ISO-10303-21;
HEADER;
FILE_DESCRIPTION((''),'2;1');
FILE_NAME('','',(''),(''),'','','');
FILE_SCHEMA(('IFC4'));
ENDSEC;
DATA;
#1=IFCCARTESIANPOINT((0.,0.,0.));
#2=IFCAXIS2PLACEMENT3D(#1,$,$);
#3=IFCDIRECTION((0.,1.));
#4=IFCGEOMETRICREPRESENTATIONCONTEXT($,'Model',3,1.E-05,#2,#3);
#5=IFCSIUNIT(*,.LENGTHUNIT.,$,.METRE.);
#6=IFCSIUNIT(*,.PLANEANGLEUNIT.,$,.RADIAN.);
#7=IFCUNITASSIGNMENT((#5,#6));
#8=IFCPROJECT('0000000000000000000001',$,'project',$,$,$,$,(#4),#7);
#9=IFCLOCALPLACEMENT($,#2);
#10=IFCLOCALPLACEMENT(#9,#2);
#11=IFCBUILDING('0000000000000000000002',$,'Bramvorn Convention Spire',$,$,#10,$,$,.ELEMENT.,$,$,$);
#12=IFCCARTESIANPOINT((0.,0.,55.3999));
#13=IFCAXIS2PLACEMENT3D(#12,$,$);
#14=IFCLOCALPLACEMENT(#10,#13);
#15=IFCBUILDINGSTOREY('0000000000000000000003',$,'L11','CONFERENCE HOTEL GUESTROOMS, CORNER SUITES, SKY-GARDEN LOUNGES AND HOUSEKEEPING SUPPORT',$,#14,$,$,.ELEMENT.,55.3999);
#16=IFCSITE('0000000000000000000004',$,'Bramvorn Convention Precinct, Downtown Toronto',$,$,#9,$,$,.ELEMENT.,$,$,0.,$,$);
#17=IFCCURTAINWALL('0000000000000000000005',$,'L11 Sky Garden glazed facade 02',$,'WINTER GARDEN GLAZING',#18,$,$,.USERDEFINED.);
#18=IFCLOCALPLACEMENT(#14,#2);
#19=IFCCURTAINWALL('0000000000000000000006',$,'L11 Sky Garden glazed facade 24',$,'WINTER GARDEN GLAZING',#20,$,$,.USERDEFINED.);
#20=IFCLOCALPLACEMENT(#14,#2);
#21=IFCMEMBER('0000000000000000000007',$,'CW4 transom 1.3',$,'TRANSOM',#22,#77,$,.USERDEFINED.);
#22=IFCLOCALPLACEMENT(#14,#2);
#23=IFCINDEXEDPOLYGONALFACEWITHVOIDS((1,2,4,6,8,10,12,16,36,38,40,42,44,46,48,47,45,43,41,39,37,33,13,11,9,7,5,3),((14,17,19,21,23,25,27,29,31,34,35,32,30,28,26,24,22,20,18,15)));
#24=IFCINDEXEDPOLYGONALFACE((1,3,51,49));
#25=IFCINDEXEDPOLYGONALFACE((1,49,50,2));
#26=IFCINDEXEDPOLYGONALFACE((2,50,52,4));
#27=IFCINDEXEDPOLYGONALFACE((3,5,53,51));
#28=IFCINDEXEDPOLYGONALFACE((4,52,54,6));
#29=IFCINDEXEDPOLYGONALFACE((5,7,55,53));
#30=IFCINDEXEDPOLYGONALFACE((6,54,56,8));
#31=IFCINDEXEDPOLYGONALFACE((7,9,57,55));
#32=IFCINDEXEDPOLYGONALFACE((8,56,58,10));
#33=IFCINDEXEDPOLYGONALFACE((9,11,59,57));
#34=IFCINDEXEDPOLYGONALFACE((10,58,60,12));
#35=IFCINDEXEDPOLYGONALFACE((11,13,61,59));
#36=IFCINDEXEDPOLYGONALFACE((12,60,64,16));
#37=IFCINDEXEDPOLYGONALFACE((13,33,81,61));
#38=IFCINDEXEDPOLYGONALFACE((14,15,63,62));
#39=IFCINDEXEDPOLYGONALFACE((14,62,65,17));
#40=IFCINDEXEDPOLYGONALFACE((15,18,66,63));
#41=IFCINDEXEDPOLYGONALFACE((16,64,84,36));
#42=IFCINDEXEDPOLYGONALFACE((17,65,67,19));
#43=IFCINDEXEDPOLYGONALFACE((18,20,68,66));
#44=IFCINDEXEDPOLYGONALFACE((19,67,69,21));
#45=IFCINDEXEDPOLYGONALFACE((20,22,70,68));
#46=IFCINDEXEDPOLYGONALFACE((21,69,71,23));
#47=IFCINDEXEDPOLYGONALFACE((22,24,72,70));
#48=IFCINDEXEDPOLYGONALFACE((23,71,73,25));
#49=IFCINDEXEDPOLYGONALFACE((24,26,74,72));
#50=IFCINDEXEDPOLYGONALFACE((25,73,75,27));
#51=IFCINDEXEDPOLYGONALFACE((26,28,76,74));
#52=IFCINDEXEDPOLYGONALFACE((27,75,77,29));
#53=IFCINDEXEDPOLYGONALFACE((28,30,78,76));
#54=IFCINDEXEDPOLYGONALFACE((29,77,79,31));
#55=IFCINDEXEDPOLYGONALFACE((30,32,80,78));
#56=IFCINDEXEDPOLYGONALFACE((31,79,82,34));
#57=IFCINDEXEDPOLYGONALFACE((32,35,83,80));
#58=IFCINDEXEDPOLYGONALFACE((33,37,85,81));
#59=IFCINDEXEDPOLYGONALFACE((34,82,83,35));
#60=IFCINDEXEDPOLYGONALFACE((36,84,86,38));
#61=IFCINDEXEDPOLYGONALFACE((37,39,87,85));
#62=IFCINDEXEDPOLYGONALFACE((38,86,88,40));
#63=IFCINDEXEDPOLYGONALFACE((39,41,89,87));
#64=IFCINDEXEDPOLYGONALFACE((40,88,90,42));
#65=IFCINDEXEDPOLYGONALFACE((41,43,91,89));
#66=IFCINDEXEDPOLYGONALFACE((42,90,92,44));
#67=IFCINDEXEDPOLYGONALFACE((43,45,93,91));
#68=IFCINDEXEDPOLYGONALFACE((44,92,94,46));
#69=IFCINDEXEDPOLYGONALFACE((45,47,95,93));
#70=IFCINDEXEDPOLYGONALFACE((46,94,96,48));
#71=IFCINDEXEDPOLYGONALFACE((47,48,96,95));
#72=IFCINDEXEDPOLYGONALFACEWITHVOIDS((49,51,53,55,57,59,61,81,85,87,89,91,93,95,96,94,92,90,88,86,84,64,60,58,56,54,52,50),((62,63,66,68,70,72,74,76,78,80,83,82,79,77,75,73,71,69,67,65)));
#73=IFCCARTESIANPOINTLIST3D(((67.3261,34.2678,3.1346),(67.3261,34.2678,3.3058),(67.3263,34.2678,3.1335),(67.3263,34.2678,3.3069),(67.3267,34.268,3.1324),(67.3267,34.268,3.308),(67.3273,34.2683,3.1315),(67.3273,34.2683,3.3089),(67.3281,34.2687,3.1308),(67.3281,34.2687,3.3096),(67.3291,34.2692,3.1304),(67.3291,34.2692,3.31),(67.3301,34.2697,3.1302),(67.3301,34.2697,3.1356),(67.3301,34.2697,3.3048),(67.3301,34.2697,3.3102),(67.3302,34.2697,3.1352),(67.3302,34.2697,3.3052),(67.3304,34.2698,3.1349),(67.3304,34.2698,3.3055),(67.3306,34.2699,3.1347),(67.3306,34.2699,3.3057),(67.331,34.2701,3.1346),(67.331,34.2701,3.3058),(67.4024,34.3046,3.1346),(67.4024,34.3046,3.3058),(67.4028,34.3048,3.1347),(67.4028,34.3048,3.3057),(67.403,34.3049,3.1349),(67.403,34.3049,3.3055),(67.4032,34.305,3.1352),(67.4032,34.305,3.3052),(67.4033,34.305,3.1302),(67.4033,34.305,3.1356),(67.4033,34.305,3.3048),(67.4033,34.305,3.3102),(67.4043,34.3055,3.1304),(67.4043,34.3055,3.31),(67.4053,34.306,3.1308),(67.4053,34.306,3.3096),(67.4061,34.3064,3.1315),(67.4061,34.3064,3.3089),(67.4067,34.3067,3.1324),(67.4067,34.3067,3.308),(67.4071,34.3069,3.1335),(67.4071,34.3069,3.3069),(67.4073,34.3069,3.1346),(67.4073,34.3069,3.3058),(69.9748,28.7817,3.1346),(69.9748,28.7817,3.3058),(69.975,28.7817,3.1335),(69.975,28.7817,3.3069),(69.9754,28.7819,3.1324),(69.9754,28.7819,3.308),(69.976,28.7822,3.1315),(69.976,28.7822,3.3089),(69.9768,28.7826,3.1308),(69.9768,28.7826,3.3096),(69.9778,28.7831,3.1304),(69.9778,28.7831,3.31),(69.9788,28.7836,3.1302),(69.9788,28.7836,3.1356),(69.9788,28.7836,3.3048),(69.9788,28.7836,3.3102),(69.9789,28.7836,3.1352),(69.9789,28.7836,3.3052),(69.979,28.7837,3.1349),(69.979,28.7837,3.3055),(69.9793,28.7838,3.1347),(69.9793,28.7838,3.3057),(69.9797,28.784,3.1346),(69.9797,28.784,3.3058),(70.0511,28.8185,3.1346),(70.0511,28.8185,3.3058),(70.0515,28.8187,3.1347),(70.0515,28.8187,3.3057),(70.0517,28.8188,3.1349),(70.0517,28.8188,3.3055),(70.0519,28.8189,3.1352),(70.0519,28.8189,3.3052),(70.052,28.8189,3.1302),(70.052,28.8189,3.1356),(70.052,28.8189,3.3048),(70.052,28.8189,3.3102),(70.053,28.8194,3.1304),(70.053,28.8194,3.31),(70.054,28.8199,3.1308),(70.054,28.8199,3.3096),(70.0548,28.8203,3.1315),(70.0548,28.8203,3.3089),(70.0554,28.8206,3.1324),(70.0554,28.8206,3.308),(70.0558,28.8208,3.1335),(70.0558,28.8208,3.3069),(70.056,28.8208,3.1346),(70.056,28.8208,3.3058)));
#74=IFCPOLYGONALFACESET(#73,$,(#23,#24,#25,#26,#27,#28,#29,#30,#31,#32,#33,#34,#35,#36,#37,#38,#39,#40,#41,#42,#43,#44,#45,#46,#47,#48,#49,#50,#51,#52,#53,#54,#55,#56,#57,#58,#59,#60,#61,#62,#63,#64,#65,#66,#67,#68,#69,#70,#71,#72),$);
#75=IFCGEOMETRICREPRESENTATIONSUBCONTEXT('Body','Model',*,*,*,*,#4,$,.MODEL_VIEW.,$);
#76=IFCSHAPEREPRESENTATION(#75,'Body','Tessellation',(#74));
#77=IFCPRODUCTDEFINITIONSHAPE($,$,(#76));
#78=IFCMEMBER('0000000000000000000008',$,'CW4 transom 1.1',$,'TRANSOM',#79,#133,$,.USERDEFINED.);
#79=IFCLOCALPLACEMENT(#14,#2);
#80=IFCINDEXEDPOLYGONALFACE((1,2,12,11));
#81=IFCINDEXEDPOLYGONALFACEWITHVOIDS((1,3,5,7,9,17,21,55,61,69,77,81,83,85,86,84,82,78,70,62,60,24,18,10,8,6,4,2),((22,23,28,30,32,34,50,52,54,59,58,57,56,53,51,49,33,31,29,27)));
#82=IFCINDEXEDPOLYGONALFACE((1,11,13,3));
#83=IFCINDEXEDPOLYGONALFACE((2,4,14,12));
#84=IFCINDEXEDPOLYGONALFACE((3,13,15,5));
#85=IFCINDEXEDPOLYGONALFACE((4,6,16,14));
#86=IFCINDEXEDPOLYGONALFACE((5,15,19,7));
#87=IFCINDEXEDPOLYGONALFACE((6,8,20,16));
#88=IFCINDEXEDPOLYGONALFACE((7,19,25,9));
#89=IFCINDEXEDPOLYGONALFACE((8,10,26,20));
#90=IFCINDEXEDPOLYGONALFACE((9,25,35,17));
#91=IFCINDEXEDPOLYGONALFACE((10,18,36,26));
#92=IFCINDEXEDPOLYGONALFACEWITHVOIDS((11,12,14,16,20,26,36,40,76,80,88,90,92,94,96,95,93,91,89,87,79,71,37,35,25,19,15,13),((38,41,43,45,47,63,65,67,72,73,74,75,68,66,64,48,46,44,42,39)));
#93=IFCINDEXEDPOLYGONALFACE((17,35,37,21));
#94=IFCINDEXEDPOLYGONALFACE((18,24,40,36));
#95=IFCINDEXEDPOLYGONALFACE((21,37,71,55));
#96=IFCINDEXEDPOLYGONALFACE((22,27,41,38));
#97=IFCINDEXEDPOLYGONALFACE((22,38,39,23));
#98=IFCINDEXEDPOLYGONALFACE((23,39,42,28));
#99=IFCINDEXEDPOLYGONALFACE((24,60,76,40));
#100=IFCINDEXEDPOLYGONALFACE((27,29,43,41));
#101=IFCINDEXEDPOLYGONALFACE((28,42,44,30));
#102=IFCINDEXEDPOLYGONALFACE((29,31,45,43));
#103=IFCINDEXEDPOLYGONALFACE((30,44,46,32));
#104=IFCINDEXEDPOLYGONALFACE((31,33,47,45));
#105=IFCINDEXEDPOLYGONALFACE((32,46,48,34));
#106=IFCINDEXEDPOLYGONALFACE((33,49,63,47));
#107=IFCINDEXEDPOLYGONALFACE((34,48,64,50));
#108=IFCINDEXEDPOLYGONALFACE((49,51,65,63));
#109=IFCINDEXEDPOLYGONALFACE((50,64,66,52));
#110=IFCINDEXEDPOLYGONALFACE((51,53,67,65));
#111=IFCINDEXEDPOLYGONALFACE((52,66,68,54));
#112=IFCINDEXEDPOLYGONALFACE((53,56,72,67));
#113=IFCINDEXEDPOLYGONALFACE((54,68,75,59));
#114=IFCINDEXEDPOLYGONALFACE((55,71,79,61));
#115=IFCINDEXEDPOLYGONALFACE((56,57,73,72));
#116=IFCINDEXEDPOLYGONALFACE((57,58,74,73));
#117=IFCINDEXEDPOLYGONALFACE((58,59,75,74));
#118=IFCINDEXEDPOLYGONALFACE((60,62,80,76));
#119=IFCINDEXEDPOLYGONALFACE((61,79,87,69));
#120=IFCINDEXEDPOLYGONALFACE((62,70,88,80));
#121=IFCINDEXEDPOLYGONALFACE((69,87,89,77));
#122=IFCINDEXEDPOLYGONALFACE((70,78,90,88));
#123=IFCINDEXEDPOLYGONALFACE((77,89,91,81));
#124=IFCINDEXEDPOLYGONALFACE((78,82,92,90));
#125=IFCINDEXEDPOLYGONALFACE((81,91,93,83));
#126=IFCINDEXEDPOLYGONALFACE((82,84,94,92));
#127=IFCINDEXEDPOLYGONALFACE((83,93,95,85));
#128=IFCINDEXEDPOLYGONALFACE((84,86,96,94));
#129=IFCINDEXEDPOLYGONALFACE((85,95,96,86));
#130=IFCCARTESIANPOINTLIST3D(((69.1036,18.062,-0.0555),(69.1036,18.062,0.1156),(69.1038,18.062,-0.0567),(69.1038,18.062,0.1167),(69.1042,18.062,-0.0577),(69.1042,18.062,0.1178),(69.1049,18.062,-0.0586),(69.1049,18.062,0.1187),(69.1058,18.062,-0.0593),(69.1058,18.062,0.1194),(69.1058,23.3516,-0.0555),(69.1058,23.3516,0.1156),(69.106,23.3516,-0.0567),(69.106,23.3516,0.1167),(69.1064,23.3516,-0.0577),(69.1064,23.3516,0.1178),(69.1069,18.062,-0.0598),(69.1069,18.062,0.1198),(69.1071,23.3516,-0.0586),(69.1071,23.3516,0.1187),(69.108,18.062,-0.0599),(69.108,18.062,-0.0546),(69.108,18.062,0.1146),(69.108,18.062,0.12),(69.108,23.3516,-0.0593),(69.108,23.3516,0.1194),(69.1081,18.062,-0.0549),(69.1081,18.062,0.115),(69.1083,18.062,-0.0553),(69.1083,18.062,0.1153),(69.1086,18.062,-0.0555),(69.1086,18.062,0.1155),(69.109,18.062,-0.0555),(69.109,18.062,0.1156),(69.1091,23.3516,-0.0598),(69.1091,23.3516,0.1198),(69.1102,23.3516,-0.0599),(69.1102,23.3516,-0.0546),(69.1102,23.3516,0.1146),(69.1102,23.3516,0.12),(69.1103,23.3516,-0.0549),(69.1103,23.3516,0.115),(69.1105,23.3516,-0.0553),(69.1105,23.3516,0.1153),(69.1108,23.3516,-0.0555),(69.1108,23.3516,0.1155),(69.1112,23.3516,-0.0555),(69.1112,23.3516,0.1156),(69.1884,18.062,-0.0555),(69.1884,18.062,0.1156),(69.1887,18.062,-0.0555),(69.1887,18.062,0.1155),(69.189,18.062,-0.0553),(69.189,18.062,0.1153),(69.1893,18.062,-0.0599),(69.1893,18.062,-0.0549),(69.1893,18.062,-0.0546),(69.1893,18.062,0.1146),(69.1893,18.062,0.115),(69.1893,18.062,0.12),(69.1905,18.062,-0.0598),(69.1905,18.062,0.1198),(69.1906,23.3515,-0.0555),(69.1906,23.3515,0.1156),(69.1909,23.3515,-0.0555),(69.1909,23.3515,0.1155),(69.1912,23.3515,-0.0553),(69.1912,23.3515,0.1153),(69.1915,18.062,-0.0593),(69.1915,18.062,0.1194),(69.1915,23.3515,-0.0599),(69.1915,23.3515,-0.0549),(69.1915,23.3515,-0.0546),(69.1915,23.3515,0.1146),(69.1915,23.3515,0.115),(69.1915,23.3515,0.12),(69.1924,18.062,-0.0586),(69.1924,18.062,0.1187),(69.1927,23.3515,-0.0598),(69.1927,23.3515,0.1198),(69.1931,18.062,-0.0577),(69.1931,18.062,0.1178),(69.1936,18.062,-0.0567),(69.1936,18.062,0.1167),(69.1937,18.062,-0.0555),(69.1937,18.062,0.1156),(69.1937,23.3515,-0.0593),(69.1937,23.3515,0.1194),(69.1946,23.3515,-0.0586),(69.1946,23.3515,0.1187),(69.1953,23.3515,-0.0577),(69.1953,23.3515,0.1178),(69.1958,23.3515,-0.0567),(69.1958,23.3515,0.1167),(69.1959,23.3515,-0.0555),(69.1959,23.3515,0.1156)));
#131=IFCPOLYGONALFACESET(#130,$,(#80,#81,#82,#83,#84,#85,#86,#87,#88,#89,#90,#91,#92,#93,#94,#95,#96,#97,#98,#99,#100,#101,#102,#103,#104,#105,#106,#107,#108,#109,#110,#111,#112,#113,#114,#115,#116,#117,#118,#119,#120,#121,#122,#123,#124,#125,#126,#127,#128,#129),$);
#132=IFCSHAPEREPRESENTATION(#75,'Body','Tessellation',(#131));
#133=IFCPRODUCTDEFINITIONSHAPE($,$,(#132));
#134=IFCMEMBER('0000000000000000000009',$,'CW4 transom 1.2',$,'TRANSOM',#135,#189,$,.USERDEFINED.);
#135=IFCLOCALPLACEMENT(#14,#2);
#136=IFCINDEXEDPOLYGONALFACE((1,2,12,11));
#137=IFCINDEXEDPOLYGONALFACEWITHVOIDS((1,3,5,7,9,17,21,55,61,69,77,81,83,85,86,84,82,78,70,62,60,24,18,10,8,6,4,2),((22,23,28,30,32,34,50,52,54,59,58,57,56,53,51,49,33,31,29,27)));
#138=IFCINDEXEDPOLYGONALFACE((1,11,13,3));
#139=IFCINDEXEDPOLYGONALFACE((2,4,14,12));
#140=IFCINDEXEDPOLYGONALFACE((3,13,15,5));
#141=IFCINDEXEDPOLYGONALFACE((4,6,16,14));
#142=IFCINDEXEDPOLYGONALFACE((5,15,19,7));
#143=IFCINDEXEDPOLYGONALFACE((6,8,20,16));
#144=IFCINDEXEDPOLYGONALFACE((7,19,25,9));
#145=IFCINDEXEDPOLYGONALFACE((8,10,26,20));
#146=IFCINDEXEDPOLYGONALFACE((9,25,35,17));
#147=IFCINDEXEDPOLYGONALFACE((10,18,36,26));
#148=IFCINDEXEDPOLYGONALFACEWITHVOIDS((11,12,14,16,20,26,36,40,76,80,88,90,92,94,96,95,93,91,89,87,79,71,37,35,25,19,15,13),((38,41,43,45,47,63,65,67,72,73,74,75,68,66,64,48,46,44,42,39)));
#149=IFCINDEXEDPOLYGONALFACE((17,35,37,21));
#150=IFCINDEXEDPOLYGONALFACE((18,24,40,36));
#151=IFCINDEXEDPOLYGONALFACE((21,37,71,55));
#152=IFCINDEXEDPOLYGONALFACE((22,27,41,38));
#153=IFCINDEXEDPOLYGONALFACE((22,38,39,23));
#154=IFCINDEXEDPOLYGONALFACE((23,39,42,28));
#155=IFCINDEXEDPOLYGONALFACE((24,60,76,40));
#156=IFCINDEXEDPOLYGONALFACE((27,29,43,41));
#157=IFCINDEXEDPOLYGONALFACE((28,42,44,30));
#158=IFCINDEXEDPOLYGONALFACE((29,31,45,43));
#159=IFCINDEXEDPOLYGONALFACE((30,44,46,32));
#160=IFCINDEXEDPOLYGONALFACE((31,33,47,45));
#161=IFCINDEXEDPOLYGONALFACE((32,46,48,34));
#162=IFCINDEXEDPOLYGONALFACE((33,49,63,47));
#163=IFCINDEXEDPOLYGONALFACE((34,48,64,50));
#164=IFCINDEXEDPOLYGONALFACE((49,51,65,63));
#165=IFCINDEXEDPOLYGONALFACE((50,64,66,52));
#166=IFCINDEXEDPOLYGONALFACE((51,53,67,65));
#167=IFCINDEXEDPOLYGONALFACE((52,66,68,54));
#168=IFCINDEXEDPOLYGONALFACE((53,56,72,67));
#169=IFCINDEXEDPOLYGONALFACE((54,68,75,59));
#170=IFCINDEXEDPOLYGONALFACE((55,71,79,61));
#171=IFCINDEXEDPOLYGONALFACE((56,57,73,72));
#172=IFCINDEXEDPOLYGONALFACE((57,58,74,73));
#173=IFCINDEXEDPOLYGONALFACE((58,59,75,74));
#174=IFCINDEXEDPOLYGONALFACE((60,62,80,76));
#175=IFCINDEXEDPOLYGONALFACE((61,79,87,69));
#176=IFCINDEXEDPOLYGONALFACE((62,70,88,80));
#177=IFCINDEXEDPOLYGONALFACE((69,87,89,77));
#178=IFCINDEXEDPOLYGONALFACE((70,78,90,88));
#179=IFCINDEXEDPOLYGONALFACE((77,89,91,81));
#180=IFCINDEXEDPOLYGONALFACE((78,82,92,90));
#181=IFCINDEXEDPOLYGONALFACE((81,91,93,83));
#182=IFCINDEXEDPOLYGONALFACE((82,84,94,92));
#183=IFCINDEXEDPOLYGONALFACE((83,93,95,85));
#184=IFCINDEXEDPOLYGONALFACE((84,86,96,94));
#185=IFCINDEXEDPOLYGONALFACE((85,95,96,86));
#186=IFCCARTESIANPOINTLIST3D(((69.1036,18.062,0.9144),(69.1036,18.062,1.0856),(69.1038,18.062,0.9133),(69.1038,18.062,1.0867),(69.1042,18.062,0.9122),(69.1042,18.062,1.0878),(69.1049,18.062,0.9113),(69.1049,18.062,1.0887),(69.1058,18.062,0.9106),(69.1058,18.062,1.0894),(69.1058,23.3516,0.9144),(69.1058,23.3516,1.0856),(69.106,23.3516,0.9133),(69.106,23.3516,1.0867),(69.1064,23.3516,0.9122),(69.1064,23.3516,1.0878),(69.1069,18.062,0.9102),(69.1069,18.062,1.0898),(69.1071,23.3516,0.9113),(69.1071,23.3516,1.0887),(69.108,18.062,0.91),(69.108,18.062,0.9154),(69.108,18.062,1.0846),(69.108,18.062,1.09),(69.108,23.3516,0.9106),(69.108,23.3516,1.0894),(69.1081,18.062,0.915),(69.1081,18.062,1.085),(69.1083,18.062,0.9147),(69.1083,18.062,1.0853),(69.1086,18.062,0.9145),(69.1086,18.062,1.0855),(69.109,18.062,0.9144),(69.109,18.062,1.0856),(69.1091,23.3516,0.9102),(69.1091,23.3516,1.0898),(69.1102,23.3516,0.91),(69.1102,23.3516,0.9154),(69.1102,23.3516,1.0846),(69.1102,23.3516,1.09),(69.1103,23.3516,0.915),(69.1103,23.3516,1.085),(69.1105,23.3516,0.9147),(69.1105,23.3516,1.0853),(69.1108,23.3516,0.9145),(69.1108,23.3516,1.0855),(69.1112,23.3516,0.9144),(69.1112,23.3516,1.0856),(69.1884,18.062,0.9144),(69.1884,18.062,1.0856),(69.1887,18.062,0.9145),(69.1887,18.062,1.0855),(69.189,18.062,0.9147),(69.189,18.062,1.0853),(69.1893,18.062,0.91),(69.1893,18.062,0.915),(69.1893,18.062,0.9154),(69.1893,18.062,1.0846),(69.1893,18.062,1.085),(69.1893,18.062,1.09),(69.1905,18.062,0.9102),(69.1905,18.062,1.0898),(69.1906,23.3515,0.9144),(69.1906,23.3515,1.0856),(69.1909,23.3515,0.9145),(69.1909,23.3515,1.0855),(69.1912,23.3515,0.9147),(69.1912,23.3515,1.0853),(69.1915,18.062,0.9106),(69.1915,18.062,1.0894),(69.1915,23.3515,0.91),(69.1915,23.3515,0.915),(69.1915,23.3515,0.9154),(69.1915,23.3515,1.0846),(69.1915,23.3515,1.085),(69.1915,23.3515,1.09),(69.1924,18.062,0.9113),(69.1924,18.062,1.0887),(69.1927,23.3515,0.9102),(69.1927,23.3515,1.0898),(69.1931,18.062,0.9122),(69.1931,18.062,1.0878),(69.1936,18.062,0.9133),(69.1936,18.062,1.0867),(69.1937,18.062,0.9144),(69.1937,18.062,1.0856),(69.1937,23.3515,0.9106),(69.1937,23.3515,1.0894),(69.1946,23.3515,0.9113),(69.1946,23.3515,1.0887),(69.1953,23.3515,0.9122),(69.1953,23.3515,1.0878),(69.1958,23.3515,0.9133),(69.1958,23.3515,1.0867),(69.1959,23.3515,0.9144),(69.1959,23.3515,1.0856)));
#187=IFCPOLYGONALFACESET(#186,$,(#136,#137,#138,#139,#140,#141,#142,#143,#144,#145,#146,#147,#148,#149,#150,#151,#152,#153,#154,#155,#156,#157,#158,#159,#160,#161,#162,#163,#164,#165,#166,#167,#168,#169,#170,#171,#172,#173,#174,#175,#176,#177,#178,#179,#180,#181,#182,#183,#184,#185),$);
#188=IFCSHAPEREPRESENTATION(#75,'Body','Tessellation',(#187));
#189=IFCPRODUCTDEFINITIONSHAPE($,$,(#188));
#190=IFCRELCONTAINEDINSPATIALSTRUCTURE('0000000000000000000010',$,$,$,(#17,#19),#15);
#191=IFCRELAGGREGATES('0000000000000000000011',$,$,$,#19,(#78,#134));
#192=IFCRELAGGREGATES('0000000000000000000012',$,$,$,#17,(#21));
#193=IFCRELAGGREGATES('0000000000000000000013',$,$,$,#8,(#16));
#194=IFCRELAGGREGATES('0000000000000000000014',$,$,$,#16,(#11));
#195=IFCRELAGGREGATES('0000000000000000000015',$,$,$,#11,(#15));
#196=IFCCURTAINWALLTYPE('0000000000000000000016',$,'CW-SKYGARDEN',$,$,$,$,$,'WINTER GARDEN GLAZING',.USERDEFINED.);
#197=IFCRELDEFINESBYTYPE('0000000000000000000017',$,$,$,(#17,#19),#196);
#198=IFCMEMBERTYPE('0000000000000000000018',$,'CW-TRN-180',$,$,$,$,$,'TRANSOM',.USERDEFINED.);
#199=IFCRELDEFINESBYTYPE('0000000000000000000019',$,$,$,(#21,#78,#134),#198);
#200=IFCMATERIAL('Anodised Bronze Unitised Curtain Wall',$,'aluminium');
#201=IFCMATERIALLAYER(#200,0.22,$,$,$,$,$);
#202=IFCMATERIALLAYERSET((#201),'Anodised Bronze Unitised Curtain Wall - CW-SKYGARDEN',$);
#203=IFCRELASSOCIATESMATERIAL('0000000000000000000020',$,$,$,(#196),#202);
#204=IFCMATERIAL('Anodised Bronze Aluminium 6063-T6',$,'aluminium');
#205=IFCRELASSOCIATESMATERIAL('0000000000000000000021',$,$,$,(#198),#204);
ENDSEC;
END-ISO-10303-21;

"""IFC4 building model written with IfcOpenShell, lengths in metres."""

from ifc_helpers import new_model, si_unit, direction, frame, origin, origin_2d, place, context, subcontext, project, spatial, hollow_rectangle, extrude, material, layer, layer_set, material_profile, profile_set, type_object, element, aggregate, save


model = new_model("IFC4")

# Units and contexts
model_context = context("Model", 3, precision=1e-05, world=origin(), true_north=direction((0.0, 1.0)))
body_context = subcontext(model_context, "Body", "Model", "MODEL_VIEW")
ifc_project = project(units=[si_unit("LENGTHUNIT", "METRE"), si_unit("PLANEANGLEUNIT", "RADIAN")], contexts=[model_context])

# Site, building, storey
site_placement = place(None, origin())
site = spatial("IfcSite", under=ifc_project, at=site_placement, Name="Bramvorn Convention Precinct, Downtown Toronto", CompositionType="ELEMENT", RefElevation=0.0)
building_placement = place(site_placement, origin())
building = spatial("IfcBuilding", under=site, at=building_placement, Name="Bramvorn Convention Spire", CompositionType="ELEMENT")
storey_placement = place(building_placement, frame((0.0, 0.0, 55.3999)))
storey = spatial("IfcBuildingStorey", under=building, at=storey_placement, Name="L11", Description="CONFERENCE HOTEL GUESTROOMS, CORNER SUITES, SKY-GARDEN LOUNGES AND HOUSEKEEPING SUPPORT", CompositionType="ELEMENT", Elevation=55.3999)

# Curtain wall
ifc_material_1 = material(Name="Anodised Bronze Unitised Curtain Wall", Category="aluminium")
ifc_material_2 = material(Name="Anodised Bronze Aluminium 6063-T6", Category="aluminium")
ifc_layer_1 = layer(ifc_material_1, 0.22)
ifc_layer_set_1 = layer_set([ifc_layer_1], Name="Anodised Bronze Unitised Curtain Wall - CW-SKYGARDEN")
curtain_wall_type_1 = type_object("IfcCurtainWallType", Name="CW-SKYGARDEN", ElementType="WINTER GARDEN GLAZING", PredefinedType="USERDEFINED", material=ifc_layer_set_1)
curtain_wall_1_placement = place(storey_placement, origin())
curtain_wall_1 = element("IfcCurtainWall", 1, at=curtain_wall_1_placement, inside=storey, type_object=curtain_wall_type_1, Name="L11 Sky Garden glazed facade 02", ObjectType="WINTER GARDEN GLAZING", PredefinedType="USERDEFINED")

# Curtain wall
curtain_wall_2_placement = place(storey_placement, origin())
curtain_wall_2 = element("IfcCurtainWall", 2, at=curtain_wall_2_placement, inside=storey, type_object=curtain_wall_type_1, Name="L11 Sky Garden glazed facade 24", ObjectType="WINTER GARDEN GLAZING", PredefinedType="USERDEFINED")

# Members
ifc_material_profile_1 = material_profile(ifc_material_2, hollow_rectangle(XDim=0.0901, YDim=0.1799, WallThickness=0.0044, InnerFilletRadius=0.001, OuterFilletRadius=0.0044, at=origin_2d()))
ifc_profile_set_1 = profile_set([ifc_material_profile_1], Name="Anodised Bronze Aluminium 6063-T6 - CWT90X180")
member_type_1 = type_object("IfcMemberType", Name="CW-TRN-180", ElementType="TRANSOM", PredefinedType="USERDEFINED", material=ifc_profile_set_1)
member_1_placement = place(storey_placement, frame((67.3667, 34.2874, 3.2202), z_axis=(0.434779, -0.900537, 0.0), x_axis=(0.900537, 0.434779, 0.0)))
member_1 = element("IfcMember", 3, at=member_1_placement, type_object=member_type_1, Name="CW4 transom 1.3", ObjectType="TRANSOM", PredefinedType="USERDEFINED", context=body_context, shape_type="SweptSolid", body=[
    extrude(hollow_rectangle(XDim=0.0901, YDim=0.1799, WallThickness=0.0044, InnerFilletRadius=0.001, OuterFilletRadius=0.0044, at=origin_2d()), origin(), (0.0, 0.0, 1.0), 6.092),
])
member_2_placement = place(storey_placement, frame((69.1509, 23.3516, 0.03), z_axis=(-0.000415, -1.0, 0.0), x_axis=(1.0, -0.000415, 0.0)))
member_2 = element("IfcMember", 4, at=member_2_placement, type_object=member_type_1, Name="CW4 transom 1.1", ObjectType="TRANSOM", PredefinedType="USERDEFINED", context=body_context, shape_type="SweptSolid", body=[
    extrude(hollow_rectangle(XDim=0.0901, YDim=0.1799, WallThickness=0.0044, InnerFilletRadius=0.001, OuterFilletRadius=0.0044, at=origin_2d()), origin(), (0.0, 0.0, 1.0), 5.2896),
])
member_3_placement = place(storey_placement, frame((69.1509, 23.3516, 1.0), z_axis=(-0.000415, -1.0, 0.0), x_axis=(1.0, -0.000415, 0.0)))
member_3 = element("IfcMember", 5, at=member_3_placement, type_object=member_type_1, Name="CW4 transom 1.2", ObjectType="TRANSOM", PredefinedType="USERDEFINED", context=body_context, shape_type="SweptSolid", body=[
    extrude(hollow_rectangle(XDim=0.0901, YDim=0.1799, WallThickness=0.0044, InnerFilletRadius=0.001, OuterFilletRadius=0.0044, at=origin_2d()), origin(), (0.0, 0.0, 1.0), 5.2896),
])
aggregate(curtain_wall_2, [member_2, member_3])

aggregate(curtain_wall_1, [member_1])

save(model, "model.ifc")
